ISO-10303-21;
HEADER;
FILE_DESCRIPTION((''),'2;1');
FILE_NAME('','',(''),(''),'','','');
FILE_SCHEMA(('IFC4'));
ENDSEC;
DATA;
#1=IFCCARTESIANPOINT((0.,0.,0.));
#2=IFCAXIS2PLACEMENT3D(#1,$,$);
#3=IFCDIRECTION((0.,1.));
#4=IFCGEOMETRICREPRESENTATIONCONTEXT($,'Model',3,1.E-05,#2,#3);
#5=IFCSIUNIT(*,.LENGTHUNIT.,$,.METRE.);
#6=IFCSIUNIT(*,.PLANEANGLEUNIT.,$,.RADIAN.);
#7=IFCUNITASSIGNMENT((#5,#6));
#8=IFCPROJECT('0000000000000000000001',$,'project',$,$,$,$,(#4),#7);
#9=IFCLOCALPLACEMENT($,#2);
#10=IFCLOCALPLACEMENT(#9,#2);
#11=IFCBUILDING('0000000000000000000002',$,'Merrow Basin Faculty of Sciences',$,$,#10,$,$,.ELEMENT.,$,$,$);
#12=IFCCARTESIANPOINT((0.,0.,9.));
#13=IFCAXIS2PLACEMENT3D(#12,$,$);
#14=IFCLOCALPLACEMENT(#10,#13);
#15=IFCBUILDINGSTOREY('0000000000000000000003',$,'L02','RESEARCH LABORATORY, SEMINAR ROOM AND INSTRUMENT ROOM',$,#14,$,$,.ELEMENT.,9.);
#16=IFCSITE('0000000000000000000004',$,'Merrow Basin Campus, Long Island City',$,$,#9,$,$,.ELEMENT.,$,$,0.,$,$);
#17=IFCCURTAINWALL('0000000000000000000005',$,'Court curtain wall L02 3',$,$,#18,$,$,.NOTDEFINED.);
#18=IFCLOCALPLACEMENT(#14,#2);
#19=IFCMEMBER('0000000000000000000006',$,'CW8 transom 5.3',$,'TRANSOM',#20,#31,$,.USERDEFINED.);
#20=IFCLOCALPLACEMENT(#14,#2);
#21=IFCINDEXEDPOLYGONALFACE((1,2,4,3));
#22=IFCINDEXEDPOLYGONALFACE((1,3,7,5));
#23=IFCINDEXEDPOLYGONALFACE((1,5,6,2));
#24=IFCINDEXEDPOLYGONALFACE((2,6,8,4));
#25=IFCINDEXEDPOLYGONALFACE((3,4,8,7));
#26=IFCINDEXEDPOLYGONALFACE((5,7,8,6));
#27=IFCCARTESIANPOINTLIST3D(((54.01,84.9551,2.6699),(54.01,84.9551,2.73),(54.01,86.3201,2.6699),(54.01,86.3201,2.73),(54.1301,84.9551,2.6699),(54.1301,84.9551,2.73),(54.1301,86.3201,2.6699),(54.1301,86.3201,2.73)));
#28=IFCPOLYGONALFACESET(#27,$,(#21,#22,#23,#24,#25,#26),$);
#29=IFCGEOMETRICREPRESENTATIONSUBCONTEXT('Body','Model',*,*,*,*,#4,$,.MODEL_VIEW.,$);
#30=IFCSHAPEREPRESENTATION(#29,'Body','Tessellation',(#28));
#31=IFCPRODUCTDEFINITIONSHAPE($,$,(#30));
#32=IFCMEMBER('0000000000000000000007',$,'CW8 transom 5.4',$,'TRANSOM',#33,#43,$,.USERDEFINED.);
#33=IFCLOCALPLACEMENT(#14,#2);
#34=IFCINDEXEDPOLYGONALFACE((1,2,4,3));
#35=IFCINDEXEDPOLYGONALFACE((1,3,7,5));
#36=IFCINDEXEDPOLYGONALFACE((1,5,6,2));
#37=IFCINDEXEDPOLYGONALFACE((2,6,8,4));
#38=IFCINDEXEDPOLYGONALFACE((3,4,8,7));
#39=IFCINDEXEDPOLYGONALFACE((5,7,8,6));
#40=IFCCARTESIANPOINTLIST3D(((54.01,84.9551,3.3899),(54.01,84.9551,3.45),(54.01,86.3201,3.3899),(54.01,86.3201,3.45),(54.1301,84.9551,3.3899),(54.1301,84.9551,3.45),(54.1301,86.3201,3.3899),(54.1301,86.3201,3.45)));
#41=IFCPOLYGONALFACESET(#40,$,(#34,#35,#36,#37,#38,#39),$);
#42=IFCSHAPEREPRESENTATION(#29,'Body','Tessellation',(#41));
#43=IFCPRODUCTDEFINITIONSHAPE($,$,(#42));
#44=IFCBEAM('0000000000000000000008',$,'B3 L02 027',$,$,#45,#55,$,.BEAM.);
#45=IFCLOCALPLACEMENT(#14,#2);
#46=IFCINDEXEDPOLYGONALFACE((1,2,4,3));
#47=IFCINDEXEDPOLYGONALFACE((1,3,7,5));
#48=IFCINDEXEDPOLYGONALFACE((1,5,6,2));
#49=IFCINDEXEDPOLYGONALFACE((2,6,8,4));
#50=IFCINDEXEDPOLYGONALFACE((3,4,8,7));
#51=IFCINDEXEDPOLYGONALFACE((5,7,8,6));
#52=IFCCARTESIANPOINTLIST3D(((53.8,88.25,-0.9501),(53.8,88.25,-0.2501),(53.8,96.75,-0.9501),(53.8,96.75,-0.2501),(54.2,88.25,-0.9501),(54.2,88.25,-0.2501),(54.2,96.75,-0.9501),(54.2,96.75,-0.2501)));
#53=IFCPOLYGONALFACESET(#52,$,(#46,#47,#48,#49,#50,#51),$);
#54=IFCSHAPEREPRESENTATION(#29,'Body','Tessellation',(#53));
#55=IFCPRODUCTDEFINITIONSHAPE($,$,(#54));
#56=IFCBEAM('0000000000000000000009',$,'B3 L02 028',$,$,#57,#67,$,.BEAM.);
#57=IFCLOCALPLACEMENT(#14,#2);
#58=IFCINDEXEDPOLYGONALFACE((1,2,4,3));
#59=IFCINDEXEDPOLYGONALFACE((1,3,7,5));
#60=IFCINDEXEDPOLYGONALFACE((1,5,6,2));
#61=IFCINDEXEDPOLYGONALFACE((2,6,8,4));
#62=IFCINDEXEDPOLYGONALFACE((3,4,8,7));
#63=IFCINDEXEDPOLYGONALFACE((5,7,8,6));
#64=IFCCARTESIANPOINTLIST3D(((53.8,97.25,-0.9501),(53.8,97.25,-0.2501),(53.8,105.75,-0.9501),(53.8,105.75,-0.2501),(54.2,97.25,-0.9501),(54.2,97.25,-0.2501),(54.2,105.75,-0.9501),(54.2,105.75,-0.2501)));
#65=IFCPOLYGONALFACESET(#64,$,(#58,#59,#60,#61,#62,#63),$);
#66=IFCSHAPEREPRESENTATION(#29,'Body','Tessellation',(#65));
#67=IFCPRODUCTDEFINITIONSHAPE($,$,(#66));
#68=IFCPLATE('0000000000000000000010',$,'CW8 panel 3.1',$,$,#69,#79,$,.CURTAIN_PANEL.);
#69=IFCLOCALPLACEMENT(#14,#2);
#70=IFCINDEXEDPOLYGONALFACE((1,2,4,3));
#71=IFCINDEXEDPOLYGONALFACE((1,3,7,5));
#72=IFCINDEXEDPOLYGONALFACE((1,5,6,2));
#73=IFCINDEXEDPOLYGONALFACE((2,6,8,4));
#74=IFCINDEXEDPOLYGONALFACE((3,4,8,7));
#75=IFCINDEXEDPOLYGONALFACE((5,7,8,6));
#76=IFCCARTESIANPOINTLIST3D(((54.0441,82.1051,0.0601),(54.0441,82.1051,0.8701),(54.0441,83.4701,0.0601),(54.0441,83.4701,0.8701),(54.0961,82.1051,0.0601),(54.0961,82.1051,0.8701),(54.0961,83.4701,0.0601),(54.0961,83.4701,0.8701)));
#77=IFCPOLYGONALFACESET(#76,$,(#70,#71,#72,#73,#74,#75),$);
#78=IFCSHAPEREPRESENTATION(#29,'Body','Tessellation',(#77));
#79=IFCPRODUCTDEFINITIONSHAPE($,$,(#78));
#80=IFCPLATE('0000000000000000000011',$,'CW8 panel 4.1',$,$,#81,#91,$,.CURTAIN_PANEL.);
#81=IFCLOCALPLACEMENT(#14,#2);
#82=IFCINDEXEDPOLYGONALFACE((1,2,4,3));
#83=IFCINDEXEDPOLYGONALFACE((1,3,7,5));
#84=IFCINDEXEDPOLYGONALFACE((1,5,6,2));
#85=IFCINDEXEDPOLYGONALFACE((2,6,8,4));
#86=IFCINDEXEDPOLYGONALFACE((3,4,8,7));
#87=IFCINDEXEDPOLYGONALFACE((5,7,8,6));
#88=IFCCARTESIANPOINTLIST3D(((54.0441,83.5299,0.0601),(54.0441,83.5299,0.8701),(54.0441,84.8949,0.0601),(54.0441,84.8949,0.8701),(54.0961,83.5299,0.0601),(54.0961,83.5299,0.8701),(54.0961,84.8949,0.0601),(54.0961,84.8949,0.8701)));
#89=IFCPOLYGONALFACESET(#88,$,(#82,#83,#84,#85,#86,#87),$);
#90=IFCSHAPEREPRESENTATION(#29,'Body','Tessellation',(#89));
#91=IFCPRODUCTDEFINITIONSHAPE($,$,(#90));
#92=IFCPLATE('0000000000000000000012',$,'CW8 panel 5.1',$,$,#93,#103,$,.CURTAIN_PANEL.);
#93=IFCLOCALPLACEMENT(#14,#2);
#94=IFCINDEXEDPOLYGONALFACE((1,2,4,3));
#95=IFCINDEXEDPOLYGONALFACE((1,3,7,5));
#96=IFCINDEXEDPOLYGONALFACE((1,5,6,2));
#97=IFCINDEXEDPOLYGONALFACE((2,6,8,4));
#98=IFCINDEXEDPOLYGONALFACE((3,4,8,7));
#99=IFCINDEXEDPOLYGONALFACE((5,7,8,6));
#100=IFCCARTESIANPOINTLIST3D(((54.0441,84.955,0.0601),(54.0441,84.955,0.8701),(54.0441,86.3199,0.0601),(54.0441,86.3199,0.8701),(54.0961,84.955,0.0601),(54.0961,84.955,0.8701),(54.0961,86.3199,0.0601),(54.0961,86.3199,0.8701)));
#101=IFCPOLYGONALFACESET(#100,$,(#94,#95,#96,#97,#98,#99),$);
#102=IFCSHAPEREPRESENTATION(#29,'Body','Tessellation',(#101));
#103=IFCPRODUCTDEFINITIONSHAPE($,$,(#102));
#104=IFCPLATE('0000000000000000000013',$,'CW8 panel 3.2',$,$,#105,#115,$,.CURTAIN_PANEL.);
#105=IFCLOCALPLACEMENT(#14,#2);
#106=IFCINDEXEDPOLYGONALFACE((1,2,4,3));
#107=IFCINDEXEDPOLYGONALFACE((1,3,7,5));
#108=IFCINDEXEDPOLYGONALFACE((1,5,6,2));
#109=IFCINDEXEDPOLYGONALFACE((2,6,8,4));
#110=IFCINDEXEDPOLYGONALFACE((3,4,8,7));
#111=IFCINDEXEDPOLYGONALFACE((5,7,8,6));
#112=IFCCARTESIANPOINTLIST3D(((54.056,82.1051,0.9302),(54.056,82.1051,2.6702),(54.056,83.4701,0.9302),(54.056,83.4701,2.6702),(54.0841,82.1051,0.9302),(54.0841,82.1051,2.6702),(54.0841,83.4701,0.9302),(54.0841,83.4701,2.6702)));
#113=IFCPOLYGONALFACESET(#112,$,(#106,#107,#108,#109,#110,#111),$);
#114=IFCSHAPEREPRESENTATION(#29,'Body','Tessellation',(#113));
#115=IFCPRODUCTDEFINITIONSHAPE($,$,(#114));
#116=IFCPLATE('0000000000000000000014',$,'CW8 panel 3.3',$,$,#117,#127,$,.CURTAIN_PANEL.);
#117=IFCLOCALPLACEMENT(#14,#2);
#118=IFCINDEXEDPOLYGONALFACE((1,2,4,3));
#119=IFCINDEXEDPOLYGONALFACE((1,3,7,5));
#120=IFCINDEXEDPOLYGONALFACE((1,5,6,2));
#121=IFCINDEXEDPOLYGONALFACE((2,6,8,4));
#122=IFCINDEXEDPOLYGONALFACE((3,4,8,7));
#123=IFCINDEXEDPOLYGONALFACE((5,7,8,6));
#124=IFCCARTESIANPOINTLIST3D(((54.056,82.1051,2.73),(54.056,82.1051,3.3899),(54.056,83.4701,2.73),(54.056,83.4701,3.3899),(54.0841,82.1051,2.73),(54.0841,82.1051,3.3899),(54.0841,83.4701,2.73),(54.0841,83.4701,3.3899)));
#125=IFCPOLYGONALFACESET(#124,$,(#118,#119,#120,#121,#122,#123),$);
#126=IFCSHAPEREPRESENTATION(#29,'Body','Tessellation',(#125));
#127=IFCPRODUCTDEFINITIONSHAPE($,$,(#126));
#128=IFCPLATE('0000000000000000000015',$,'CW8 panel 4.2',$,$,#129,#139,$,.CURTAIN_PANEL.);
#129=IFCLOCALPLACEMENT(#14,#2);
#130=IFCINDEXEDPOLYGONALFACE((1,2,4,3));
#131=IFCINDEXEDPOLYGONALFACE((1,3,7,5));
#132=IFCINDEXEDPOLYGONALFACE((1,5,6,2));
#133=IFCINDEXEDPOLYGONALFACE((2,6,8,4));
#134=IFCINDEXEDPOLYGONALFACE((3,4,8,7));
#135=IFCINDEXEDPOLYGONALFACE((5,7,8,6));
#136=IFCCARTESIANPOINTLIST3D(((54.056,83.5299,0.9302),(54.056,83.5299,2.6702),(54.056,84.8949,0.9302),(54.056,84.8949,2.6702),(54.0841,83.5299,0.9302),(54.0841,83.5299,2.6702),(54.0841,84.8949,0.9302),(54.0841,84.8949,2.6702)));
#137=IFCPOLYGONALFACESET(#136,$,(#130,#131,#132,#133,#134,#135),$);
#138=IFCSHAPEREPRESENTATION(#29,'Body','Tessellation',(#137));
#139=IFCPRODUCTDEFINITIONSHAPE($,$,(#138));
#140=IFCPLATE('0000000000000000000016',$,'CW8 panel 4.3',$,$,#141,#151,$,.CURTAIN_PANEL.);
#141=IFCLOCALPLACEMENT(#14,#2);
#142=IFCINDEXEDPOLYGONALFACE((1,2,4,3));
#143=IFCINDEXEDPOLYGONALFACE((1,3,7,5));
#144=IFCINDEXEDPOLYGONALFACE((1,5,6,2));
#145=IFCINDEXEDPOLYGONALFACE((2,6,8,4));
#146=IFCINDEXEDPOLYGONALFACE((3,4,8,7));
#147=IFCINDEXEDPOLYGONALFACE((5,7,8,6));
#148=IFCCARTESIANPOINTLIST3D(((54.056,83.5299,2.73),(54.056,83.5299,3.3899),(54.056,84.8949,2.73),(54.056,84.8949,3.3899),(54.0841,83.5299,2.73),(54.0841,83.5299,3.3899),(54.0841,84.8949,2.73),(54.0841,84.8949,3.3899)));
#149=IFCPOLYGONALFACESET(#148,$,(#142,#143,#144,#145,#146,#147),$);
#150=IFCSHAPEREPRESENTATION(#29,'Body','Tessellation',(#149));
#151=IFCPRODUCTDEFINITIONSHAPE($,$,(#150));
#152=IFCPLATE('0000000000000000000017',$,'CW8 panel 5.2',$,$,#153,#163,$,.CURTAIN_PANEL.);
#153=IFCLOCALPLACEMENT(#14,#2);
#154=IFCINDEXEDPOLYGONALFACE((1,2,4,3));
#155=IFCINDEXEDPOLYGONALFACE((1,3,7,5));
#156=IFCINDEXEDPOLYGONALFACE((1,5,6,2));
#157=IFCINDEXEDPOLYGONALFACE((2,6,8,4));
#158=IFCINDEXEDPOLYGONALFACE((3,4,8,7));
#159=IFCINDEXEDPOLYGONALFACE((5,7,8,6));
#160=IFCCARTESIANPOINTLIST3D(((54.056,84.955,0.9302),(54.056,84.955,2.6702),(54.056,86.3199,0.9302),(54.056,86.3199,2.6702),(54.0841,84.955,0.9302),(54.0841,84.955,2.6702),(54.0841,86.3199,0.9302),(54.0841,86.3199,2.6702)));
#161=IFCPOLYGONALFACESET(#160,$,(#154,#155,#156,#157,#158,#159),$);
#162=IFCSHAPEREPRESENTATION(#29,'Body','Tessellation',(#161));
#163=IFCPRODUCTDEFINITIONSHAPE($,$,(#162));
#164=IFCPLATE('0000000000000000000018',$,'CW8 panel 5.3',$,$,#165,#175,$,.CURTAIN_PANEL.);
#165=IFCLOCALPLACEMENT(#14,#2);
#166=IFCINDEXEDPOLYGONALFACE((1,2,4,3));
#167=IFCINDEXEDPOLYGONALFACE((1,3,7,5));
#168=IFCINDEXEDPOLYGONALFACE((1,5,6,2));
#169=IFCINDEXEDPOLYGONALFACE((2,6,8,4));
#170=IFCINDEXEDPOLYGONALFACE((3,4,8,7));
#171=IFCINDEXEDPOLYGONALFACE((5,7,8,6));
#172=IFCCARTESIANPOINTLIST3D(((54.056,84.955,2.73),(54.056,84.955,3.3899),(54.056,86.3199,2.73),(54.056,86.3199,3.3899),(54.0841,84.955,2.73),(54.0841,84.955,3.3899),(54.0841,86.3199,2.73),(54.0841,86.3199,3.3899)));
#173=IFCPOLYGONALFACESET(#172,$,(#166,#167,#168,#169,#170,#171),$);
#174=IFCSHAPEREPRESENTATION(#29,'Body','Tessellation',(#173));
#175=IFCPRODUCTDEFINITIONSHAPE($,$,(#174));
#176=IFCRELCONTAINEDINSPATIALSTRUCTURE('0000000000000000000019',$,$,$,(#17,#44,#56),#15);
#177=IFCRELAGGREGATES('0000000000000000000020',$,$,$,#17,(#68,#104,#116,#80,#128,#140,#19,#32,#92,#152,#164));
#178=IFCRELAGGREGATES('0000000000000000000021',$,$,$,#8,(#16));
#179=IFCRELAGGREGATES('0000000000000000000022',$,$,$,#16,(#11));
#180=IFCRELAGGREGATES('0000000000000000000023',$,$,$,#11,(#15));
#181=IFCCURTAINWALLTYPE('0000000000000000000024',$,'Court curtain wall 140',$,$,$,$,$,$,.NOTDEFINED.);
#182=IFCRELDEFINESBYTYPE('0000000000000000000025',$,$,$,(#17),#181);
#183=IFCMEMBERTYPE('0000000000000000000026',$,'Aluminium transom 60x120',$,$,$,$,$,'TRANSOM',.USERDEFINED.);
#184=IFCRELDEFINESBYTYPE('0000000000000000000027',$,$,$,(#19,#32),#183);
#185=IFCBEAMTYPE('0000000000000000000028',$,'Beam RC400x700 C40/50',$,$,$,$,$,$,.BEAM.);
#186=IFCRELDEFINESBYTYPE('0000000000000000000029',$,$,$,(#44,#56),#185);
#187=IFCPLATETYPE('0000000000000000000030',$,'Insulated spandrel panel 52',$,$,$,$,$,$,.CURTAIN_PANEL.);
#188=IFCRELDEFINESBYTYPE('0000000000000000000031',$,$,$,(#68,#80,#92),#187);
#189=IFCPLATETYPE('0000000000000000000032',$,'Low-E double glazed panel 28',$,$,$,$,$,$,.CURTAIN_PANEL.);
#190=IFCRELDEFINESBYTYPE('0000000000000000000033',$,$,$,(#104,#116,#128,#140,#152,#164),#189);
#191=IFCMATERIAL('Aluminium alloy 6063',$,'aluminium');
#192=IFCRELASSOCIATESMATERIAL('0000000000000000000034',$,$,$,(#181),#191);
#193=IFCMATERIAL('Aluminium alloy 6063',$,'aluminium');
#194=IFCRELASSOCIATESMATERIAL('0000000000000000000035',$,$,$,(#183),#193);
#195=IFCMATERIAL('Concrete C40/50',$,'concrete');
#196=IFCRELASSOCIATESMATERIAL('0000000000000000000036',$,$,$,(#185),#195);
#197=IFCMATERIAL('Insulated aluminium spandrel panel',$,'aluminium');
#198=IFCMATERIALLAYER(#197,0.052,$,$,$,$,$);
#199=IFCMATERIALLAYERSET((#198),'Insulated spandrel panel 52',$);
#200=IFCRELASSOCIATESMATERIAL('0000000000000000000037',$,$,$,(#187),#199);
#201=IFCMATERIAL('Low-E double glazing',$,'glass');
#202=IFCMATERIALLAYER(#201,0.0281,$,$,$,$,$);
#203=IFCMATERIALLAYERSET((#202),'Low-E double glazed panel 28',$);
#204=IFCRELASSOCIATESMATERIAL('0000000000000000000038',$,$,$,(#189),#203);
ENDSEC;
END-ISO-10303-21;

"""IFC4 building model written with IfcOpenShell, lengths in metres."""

from ifc_helpers import new_model, si_unit, direction, frame, origin, origin_2d, place, context, subcontext, project, spatial, rectangle, extrude, material, layer, layer_set, material_profile, profile_set, type_object, element, aggregate, save


model = new_model("IFC4")

# Units and contexts
model_context = context("Model", 3, precision=1e-05, world=origin(), true_north=direction((0.0, 1.0)))
body_context = subcontext(model_context, "Body", "Model", "MODEL_VIEW")
ifc_project = project(units=[si_unit("LENGTHUNIT", "METRE"), si_unit("PLANEANGLEUNIT", "RADIAN")], contexts=[model_context])

# Site, building, storey
site_placement = place(None, origin())
site = spatial("IfcSite", under=ifc_project, at=site_placement, Name="Merrow Basin Campus, Long Island City", CompositionType="ELEMENT", RefElevation=0.0)
building_placement = place(site_placement, origin())
building = spatial("IfcBuilding", under=site, at=building_placement, Name="Merrow Basin Faculty of Sciences", CompositionType="ELEMENT")
storey_placement = place(building_placement, frame((0.0, 0.0, 9.0)))
storey = spatial("IfcBuildingStorey", under=building, at=storey_placement, Name="L02", Description="RESEARCH LABORATORY, SEMINAR ROOM AND INSTRUMENT ROOM", CompositionType="ELEMENT", Elevation=9.0)

# Curtain wall, members
ifc_material_1 = material(Name="Aluminium alloy 6063", Category="aluminium")
curtain_wall_type = type_object("IfcCurtainWallType", Name="Court curtain wall 140", PredefinedType="NOTDEFINED", material=ifc_material_1)
curtain_wall_placement = place(storey_placement, origin())
curtain_wall = element("IfcCurtainWall", 1, at=curtain_wall_placement, inside=storey, type_object=curtain_wall_type, Name="Court curtain wall L02 3", PredefinedType="NOTDEFINED")
ifc_material_2 = material(Name="Aluminium alloy 6063", Category="aluminium")
ifc_material_profile_1 = material_profile(ifc_material_2, rectangle(XDim=0.1201, YDim=0.0601, at=origin_2d()))
ifc_profile_set_1 = profile_set([ifc_material_profile_1], Name="Aluminium alloy 6063")
member_type_1 = type_object("IfcMemberType", Name="Aluminium transom 60x120", ElementType="TRANSOM", PredefinedType="USERDEFINED", material=ifc_profile_set_1)
member_1_placement = place(storey_placement, frame((54.0701, 84.9551, 2.7), z_axis=(0.0, 1.0, 0.0), x_axis=(-1.0, 0.0, 0.0)))
member_1 = element("IfcMember", 2, at=member_1_placement, type_object=member_type_1, Name="CW8 transom 5.3", ObjectType="TRANSOM", PredefinedType="USERDEFINED", context=body_context, shape_type="SweptSolid", body=[
    extrude(rectangle(XDim=0.1201, YDim=0.0601, at=origin_2d()), origin(), (0.0, 0.0, 1.0), 1.365),
])
member_2_placement = place(storey_placement, frame((54.0701, 84.9551, 3.4199), z_axis=(0.0, 1.0, 0.0), x_axis=(-1.0, 0.0, 0.0)))
member_2 = element("IfcMember", 3, at=member_2_placement, type_object=member_type_1, Name="CW8 transom 5.4", ObjectType="TRANSOM", PredefinedType="USERDEFINED", context=body_context, shape_type="SweptSolid", body=[
    extrude(rectangle(XDim=0.1201, YDim=0.0601, at=origin_2d()), origin(), (0.0, 0.0, 1.0), 1.365),
])

# Beams
ifc_material_3 = material(Name="Concrete C40/50", Category="concrete")
ifc_material_profile_2 = material_profile(ifc_material_3, rectangle(XDim=0.3999, YDim=0.7, at=origin_2d()))
ifc_profile_set_2 = profile_set([ifc_material_profile_2], Name="Concrete C40/50")
beam_type = type_object("IfcBeamType", Name="Beam RC400x700 C40/50", PredefinedType="BEAM", material=ifc_profile_set_2)
for number, where, z_axis, x_axis, name in (
    (4, (54.0, 88.25, -0.6001), (0.0, 1.0, 0.0), (-1.0, 0.0, 0.0), "B3 L02 027"),
    (5, (54.0, 97.25, -0.6001), (0.0, 1.0, 0.0), (-1.0, 0.0, 0.0), "B3 L02 028"),
):
    element("IfcBeam", number, at=place(storey_placement, frame(where, z_axis=z_axis, x_axis=x_axis)), inside=storey, type_object=beam_type, Name=name, PredefinedType="BEAM", context=body_context, shape_type="SweptSolid", body=[
        extrude(rectangle(XDim=0.3999, YDim=0.7, at=origin_2d()), origin(), (0.0, 0.0, 1.0), 8.5),
    ])

# Plates
ifc_material_4 = material(Name="Insulated aluminium spandrel panel", Category="aluminium")
ifc_layer_1 = layer(ifc_material_4, 0.052)
ifc_layer_set_1 = layer_set([ifc_layer_1], Name="Insulated spandrel panel 52")
plate_type_1 = type_object("IfcPlateType", Name="Insulated spandrel panel 52", PredefinedType="CURTAIN_PANEL", material=ifc_layer_set_1)
plate_1_placement = place(storey_placement, frame((54.0701, 82.7876, 0.0601), z_axis=(0.0, 0.0, 1.0), x_axis=(0.0, 1.0, 0.0)))
plate_1 = element("IfcPlate", 6, at=plate_1_placement, type_object=plate_type_1, Name="CW8 panel 3.1", PredefinedType="CURTAIN_PANEL", context=body_context, shape_type="SweptSolid", body=[
    extrude(rectangle(XDim=1.365, YDim=0.052, at=origin_2d()), origin(), (0.0, 0.0, 1.0), 0.8101),
])
plate_2_placement = place(storey_placement, frame((54.0701, 84.2124, 0.0601), z_axis=(0.0, 0.0, 1.0), x_axis=(0.0, 1.0, 0.0)))
plate_2 = element("IfcPlate", 7, at=plate_2_placement, type_object=plate_type_1, Name="CW8 panel 4.1", PredefinedType="CURTAIN_PANEL", context=body_context, shape_type="SweptSolid", body=[
    extrude(rectangle(XDim=1.365, YDim=0.052, at=origin_2d()), origin(), (0.0, 0.0, 1.0), 0.8101),
])
plate_3_placement = place(storey_placement, frame((54.0701, 85.6375, 0.0601), z_axis=(0.0, 0.0, 1.0), x_axis=(0.0, 1.0, 0.0)))
plate_3 = element("IfcPlate", 8, at=plate_3_placement, type_object=plate_type_1, Name="CW8 panel 5.1", PredefinedType="CURTAIN_PANEL", context=body_context, shape_type="SweptSolid", body=[
    extrude(rectangle(XDim=1.365, YDim=0.052, at=origin_2d()), origin(), (0.0, 0.0, 1.0), 0.8101),
])
ifc_material_5 = material(Name="Low-E double glazing", Category="glass")
ifc_layer_2 = layer(ifc_material_5, 0.0281)
ifc_layer_set_2 = layer_set([ifc_layer_2], Name="Low-E double glazed panel 28")
plate_type_2 = type_object("IfcPlateType", Name="Low-E double glazed panel 28", PredefinedType="CURTAIN_PANEL", material=ifc_layer_set_2)
plate_4_placement = place(storey_placement, frame((54.0701, 82.7876, 0.9302), z_axis=(0.0, 0.0, 1.0), x_axis=(0.0, 1.0, 0.0)))
plate_4 = element("IfcPlate", 9, at=plate_4_placement, type_object=plate_type_2, Name="CW8 panel 3.2", PredefinedType="CURTAIN_PANEL", context=body_context, shape_type="SweptSolid", body=[
    extrude(rectangle(XDim=1.365, YDim=0.0281, at=origin_2d()), origin(), (0.0, 0.0, 1.0), 1.74),
])
plate_5_placement = place(storey_placement, frame((54.0701, 82.7876, 2.73), z_axis=(0.0, 0.0, 1.0), x_axis=(0.0, 1.0, 0.0)))
plate_5 = element("IfcPlate", 10, at=plate_5_placement, type_object=plate_type_2, Name="CW8 panel 3.3", PredefinedType="CURTAIN_PANEL", context=body_context, shape_type="SweptSolid", body=[
    extrude(rectangle(XDim=1.365, YDim=0.0281, at=origin_2d()), origin(), (0.0, 0.0, 1.0), 0.6599),
])
plate_6_placement = place(storey_placement, frame((54.0701, 84.2124, 0.9302), z_axis=(0.0, 0.0, 1.0), x_axis=(0.0, 1.0, 0.0)))
plate_6 = element("IfcPlate", 11, at=plate_6_placement, type_object=plate_type_2, Name="CW8 panel 4.2", PredefinedType="CURTAIN_PANEL", context=body_context, shape_type="SweptSolid", body=[
    extrude(rectangle(XDim=1.365, YDim=0.0281, at=origin_2d()), origin(), (0.0, 0.0, 1.0), 1.74),
])
plate_7_placement = place(storey_placement, frame((54.0701, 84.2124, 2.73), z_axis=(0.0, 0.0, 1.0), x_axis=(0.0, 1.0, 0.0)))
plate_7 = element("IfcPlate", 12, at=plate_7_placement, type_object=plate_type_2, Name="CW8 panel 4.3", PredefinedType="CURTAIN_PANEL", context=body_context, shape_type="SweptSolid", body=[
    extrude(rectangle(XDim=1.365, YDim=0.0281, at=origin_2d()), origin(), (0.0, 0.0, 1.0), 0.6599),
])
plate_8_placement = place(storey_placement, frame((54.0701, 85.6375, 0.9302), z_axis=(0.0, 0.0, 1.0), x_axis=(0.0, 1.0, 0.0)))
plate_8 = element("IfcPlate", 13, at=plate_8_placement, type_object=plate_type_2, Name="CW8 panel 5.2", PredefinedType="CURTAIN_PANEL", context=body_context, shape_type="SweptSolid", body=[
    extrude(rectangle(XDim=1.365, YDim=0.0281, at=origin_2d()), origin(), (0.0, 0.0, 1.0), 1.74),
])
plate_9_placement = place(storey_placement, frame((54.0701, 85.6375, 2.73), z_axis=(0.0, 0.0, 1.0), x_axis=(0.0, 1.0, 0.0)))
plate_9 = element("IfcPlate", 14, at=plate_9_placement, type_object=plate_type_2, Name="CW8 panel 5.3", PredefinedType="CURTAIN_PANEL", context=body_context, shape_type="SweptSolid", body=[
    extrude(rectangle(XDim=1.365, YDim=0.0281, at=origin_2d()), origin(), (0.0, 0.0, 1.0), 0.6599),
])
aggregate(curtain_wall, [plate_1, plate_4, plate_5, plate_2, plate_6, plate_7, member_1, member_2, plate_3, plate_8, plate_9])

save(model, "model.ifc")
